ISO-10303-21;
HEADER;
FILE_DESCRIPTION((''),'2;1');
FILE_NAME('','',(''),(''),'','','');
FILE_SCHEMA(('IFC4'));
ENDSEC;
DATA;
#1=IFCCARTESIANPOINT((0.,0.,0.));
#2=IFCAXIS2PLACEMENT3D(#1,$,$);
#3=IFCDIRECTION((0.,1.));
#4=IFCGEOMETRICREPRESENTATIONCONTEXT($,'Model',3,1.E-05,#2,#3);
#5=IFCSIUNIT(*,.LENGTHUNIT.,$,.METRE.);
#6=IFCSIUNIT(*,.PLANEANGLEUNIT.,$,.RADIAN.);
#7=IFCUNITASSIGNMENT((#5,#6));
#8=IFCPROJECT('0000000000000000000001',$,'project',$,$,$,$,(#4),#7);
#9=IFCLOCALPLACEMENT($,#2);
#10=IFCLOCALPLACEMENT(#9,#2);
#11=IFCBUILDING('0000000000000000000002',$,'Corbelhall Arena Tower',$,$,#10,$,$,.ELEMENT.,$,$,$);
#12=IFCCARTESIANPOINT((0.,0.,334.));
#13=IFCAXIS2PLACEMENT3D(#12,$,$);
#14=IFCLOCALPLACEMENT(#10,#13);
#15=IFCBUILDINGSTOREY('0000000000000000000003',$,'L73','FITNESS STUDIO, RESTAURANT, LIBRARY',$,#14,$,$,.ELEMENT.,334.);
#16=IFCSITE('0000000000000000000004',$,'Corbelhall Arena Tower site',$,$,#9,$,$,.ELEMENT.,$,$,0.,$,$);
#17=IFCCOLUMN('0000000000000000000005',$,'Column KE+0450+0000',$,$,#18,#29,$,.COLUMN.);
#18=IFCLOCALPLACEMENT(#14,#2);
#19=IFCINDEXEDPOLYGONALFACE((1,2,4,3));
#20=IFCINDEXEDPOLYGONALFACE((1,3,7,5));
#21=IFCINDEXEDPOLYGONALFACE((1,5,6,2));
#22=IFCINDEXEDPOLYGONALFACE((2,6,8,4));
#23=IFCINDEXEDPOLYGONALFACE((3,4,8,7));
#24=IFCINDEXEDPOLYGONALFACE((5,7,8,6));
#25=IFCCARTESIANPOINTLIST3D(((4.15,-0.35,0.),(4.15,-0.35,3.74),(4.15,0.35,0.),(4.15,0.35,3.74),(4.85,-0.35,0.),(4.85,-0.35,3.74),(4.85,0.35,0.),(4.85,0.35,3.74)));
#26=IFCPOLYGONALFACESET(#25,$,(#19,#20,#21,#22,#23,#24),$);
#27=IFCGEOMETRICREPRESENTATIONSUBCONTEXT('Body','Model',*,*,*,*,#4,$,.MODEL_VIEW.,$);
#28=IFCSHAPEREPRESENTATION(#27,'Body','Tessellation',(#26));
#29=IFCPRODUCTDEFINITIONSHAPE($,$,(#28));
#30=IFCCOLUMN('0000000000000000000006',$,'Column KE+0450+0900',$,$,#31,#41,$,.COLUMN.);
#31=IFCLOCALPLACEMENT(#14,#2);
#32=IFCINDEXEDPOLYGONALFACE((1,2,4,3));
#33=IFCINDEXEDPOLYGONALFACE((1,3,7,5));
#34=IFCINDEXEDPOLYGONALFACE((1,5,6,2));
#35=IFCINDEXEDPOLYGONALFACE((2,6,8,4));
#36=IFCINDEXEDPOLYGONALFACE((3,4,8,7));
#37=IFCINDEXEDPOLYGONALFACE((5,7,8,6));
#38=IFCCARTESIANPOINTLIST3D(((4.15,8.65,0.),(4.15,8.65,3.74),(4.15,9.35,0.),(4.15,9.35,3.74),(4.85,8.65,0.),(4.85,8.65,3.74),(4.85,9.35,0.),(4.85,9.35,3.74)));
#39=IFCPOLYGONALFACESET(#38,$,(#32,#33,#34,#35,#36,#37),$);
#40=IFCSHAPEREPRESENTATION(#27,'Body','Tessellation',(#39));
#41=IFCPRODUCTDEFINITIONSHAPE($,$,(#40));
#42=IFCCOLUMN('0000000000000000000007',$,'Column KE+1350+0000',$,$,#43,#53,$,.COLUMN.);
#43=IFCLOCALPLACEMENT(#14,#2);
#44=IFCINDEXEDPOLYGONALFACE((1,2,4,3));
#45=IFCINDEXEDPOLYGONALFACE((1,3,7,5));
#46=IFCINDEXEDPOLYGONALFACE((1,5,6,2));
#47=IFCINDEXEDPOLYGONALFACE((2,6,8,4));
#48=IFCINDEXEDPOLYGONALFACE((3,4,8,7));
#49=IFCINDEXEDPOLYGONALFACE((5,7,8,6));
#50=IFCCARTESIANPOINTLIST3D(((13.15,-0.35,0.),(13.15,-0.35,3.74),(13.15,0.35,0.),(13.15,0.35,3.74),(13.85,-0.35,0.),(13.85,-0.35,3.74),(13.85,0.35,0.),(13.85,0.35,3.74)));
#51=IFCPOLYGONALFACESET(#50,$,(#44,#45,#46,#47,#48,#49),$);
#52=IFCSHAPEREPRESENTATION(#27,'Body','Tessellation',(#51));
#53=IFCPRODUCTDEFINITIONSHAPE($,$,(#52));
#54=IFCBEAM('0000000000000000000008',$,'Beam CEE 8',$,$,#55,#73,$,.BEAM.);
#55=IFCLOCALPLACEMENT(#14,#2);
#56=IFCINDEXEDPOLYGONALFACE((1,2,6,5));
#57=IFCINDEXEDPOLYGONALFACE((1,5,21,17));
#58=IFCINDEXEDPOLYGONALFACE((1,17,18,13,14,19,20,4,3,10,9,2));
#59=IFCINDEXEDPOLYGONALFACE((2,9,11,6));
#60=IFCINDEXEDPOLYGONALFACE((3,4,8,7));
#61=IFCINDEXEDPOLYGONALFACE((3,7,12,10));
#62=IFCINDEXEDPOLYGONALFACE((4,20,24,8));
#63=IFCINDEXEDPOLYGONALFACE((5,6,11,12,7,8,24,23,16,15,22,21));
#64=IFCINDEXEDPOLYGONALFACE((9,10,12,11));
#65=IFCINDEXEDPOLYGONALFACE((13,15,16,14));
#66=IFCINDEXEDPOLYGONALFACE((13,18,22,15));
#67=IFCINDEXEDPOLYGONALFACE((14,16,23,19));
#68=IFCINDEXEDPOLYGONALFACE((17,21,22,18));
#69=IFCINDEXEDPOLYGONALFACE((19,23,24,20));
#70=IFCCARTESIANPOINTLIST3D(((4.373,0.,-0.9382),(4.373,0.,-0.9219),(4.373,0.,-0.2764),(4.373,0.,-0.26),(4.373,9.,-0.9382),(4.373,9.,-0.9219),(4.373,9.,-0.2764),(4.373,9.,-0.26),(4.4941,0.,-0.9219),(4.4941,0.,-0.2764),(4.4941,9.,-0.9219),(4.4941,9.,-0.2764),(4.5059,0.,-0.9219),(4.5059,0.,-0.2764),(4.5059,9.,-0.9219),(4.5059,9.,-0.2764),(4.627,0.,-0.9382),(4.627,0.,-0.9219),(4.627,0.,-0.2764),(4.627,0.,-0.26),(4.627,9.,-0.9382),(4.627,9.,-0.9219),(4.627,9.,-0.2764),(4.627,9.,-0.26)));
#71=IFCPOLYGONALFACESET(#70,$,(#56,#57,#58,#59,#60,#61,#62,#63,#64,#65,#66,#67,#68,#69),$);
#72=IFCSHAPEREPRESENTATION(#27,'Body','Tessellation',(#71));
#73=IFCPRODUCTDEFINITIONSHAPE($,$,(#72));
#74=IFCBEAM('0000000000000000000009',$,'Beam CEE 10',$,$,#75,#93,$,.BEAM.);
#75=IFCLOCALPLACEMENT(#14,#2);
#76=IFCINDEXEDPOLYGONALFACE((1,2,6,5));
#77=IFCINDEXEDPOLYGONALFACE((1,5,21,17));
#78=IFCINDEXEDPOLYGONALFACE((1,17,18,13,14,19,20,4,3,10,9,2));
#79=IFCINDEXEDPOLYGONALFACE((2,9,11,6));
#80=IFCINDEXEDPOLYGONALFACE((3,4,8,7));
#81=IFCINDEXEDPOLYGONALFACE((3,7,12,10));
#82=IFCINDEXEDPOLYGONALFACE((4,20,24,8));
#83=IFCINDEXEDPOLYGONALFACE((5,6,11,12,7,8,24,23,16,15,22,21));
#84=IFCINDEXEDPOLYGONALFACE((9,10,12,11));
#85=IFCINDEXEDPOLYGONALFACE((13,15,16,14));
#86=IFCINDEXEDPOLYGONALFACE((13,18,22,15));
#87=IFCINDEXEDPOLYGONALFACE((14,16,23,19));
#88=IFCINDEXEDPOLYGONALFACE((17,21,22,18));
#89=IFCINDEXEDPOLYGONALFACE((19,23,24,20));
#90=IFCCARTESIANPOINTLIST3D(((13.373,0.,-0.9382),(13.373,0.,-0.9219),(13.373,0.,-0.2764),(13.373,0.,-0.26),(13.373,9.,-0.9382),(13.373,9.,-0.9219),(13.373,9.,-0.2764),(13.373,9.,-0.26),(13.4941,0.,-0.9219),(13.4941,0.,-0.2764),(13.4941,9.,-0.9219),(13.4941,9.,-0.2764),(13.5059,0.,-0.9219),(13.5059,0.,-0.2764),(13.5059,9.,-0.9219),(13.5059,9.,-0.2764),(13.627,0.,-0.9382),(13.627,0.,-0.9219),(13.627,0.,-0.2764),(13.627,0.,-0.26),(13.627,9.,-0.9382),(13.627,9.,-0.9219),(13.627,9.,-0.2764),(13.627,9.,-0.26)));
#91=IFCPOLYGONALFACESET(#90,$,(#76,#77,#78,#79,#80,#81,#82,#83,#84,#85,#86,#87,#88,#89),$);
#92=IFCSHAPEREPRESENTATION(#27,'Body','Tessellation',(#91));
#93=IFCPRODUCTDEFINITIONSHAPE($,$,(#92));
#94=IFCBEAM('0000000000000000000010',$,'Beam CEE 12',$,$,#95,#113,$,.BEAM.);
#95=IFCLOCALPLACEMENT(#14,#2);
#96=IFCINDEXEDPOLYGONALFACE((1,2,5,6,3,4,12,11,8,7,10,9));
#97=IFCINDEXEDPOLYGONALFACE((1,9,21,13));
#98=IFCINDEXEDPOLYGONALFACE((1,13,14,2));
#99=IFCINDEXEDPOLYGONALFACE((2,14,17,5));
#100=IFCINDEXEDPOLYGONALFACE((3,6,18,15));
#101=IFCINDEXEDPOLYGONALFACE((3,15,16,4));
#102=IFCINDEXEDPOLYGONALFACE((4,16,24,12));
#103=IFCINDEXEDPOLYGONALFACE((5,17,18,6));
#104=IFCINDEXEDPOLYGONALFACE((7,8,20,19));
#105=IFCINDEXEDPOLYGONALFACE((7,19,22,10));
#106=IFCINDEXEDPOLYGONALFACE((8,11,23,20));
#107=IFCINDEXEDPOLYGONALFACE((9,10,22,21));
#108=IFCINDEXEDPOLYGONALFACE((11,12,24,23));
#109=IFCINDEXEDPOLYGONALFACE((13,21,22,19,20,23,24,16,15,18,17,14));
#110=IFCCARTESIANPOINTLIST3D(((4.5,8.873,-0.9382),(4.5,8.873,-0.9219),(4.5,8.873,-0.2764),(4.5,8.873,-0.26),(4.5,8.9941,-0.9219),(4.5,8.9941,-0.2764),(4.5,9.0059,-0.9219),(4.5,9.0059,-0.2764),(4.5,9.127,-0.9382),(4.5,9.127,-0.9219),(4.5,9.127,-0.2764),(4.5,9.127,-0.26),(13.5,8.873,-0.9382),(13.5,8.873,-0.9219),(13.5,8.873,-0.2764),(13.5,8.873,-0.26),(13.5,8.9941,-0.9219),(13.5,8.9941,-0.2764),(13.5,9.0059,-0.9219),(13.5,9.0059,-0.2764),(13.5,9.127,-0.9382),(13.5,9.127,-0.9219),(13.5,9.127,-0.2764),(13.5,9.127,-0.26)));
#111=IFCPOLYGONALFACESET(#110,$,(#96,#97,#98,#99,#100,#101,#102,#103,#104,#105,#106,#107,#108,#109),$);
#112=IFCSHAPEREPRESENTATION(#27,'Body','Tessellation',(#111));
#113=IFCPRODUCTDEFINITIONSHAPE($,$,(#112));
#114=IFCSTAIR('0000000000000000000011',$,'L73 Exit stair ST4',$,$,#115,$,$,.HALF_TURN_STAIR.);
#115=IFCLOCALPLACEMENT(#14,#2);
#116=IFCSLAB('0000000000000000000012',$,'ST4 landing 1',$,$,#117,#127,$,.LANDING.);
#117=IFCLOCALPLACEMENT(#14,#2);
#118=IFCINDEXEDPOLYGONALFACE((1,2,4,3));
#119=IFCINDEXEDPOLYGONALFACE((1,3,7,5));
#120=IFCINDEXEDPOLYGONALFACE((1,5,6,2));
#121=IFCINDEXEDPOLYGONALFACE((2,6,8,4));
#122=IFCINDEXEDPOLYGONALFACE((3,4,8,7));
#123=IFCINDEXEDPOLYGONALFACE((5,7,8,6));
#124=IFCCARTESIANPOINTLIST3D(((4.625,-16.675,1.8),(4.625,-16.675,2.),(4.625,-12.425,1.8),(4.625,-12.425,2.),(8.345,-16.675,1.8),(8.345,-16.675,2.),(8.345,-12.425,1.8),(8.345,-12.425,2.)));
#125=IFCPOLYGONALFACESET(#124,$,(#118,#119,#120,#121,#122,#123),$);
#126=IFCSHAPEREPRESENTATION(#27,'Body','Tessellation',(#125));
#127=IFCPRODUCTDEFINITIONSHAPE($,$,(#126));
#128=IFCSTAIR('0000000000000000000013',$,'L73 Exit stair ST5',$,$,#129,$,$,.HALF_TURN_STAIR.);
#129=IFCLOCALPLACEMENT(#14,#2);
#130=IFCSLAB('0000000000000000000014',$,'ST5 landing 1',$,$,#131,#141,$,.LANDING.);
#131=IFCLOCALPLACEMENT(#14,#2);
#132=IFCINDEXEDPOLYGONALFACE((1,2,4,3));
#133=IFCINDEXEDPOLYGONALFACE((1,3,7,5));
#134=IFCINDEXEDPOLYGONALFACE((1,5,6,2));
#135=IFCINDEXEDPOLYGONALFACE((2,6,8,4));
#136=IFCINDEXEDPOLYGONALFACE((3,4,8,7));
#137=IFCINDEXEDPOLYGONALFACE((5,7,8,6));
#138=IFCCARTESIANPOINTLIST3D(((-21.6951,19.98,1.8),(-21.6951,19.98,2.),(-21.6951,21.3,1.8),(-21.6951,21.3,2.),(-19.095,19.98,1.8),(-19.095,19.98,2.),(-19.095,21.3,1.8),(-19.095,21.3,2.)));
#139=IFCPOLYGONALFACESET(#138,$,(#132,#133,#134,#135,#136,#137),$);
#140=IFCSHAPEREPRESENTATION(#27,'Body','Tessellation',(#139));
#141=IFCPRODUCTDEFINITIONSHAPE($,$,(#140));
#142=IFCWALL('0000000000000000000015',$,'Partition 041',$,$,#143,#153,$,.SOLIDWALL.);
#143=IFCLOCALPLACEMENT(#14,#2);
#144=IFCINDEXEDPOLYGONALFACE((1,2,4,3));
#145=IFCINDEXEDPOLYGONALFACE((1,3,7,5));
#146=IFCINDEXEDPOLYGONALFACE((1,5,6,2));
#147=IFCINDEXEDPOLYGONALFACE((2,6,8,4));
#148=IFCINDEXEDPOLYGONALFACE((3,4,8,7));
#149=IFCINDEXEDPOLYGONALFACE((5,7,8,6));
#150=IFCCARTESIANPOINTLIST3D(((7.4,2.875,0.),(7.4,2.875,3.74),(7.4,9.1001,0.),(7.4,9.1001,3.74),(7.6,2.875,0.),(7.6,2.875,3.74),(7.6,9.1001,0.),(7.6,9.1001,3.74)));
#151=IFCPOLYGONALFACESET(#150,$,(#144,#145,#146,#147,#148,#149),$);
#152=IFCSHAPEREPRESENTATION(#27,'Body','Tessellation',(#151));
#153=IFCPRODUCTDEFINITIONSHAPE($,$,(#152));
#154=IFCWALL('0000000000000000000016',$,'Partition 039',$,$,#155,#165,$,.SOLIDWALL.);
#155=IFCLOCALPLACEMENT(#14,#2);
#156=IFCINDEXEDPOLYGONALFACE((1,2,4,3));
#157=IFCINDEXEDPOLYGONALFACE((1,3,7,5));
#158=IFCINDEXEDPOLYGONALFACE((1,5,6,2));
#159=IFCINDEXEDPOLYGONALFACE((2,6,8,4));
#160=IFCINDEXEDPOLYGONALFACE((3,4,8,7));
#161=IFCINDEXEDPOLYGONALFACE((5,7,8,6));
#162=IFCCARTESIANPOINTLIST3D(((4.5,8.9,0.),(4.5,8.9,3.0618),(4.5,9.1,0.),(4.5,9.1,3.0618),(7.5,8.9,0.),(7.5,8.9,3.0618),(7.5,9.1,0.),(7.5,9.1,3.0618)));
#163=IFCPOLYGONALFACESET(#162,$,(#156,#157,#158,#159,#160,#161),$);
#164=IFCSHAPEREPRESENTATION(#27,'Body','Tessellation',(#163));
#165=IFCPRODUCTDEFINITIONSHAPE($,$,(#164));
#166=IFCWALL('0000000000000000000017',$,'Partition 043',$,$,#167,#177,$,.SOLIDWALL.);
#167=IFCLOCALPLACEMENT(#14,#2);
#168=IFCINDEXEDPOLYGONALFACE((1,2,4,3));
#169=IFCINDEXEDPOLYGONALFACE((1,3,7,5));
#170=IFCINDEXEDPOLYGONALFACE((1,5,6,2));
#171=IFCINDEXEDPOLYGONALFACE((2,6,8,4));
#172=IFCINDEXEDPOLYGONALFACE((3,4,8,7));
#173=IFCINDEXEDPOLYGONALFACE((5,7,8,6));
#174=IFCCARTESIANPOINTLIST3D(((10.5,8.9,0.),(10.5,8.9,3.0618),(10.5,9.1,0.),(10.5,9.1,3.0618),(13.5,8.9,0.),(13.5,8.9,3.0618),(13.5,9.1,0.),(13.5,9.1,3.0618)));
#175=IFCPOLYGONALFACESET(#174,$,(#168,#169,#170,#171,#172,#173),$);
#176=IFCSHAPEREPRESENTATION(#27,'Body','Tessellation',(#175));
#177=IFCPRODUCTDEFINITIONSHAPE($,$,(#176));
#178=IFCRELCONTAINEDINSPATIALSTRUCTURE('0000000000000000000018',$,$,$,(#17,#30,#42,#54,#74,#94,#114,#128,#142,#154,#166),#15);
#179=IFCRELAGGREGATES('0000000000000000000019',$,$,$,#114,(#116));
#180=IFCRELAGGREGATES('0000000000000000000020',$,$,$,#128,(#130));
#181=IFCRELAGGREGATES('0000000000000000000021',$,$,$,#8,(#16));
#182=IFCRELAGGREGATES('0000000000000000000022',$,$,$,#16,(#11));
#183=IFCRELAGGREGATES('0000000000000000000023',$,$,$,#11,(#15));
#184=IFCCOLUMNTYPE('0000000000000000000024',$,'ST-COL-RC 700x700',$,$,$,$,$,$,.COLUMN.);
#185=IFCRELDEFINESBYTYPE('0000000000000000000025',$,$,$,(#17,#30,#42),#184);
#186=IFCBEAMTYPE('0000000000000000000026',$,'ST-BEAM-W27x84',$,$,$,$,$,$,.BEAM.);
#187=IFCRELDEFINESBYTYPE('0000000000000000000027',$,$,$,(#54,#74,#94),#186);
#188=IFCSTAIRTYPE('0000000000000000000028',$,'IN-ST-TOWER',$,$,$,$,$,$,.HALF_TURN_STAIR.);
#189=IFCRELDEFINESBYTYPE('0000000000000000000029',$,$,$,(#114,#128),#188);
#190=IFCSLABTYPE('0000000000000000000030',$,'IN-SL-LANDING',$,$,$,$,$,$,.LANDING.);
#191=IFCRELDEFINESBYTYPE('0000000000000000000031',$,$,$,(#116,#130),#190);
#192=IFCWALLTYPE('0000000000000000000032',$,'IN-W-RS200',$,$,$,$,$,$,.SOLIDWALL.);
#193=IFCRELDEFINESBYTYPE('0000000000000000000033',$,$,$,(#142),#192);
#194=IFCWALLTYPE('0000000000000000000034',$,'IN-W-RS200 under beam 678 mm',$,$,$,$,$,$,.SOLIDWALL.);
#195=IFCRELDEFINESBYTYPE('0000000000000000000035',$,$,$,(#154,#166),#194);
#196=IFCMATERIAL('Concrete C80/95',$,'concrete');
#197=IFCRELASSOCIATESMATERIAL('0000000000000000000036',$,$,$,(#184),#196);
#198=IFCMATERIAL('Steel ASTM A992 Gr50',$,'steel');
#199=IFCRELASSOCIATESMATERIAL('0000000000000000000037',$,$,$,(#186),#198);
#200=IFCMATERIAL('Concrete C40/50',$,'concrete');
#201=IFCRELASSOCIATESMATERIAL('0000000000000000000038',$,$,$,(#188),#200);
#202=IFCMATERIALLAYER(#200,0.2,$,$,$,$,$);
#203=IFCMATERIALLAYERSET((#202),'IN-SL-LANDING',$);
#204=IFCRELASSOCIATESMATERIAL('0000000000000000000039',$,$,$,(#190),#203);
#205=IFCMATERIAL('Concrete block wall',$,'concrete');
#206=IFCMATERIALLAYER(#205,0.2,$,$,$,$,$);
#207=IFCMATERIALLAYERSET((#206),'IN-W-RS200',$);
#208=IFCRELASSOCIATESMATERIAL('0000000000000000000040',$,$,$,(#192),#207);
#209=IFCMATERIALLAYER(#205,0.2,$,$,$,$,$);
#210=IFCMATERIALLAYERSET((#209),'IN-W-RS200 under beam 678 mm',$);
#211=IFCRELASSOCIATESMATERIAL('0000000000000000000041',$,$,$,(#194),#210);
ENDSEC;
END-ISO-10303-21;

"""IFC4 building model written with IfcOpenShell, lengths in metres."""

from ifc_helpers import new_model, si_unit, direction, frame, frame_2d, origin, origin_2d, place, context, subcontext, project, spatial, polyline, rectangle, i_section, outline, extrude, material, layer, layer_set, material_profile, profile_set, type_object, element, aggregate, save


model = new_model("IFC4")

# Units and contexts
model_context = context("Model", 3, precision=1e-05, world=origin(), true_north=direction((0.0, 1.0)))
body_context = subcontext(model_context, "Body", "Model", "MODEL_VIEW")
ifc_project = project(units=[si_unit("LENGTHUNIT", "METRE"), si_unit("PLANEANGLEUNIT", "RADIAN")], contexts=[model_context])

# Site, building, storey
site_placement = place(None, origin())
site = spatial("IfcSite", under=ifc_project, at=site_placement, Name="Corbelhall Arena Tower site", CompositionType="ELEMENT", RefElevation=0.0)
building_placement = place(site_placement, origin())
building = spatial("IfcBuilding", under=site, at=building_placement, Name="Corbelhall Arena Tower", CompositionType="ELEMENT")
storey_placement = place(building_placement, frame((0.0, 0.0, 334.0)))
storey = spatial("IfcBuildingStorey", under=building, at=storey_placement, Name="L73", Description="FITNESS STUDIO, RESTAURANT, LIBRARY", CompositionType="ELEMENT", Elevation=334.0)

# Columns
ifc_material_1 = material(Name="Concrete C80/95", Category="concrete")
ifc_material_profile_1 = material_profile(ifc_material_1, rectangle(XDim=0.7, YDim=0.7, at=origin_2d()))
ifc_profile_set_1 = profile_set([ifc_material_profile_1], Name="Concrete C80/95")
column_type = type_object("IfcColumnType", Name="ST-COL-RC 700x700", PredefinedType="COLUMN", material=ifc_profile_set_1)
for number, where, z_axis, x_axis, name in (
    (1, (4.5, 0.0, 0.0), (0.0, 0.0, 1.0), (1.0, 0.0, 0.0), "Column KE+0450+0000"),
    (2, (4.5, 9.0, 0.0), (0.0, 0.0, 1.0), (1.0, 0.0, 0.0), "Column KE+0450+0900"),
    (3, (13.5, 0.0, 0.0), (0.0, 0.0, 1.0), (1.0, 0.0, 0.0), "Column KE+1350+0000"),
):
    element("IfcColumn", number, at=place(storey_placement, frame(where, z_axis=z_axis, x_axis=x_axis)), inside=storey, type_object=column_type, Name=name, PredefinedType="COLUMN", context=body_context, shape_type="SweptSolid", body=[
        extrude(rectangle(XDim=0.7, YDim=0.7, at=origin_2d()), origin(), (0.0, 0.0, 1.0), 3.74),
    ])

# Beams
ifc_material_2 = material(Name="Steel ASTM A992 Gr50", Category="steel")
ifc_material_profile_2 = material_profile(ifc_material_2, i_section(OverallWidth=0.2539, OverallDepth=0.6782, WebThickness=0.0117, FlangeThickness=0.0164, at=origin_2d()))
ifc_profile_set_2 = profile_set([ifc_material_profile_2], Name="Steel ASTM A992 Gr50")
beam_type = type_object("IfcBeamType", Name="ST-BEAM-W27x84", PredefinedType="BEAM", material=ifc_profile_set_2)
for number, where, z_axis, x_axis, name in (
    (4, (4.5, 0.0, -0.5991), (0.0, 1.0, 0.0), (-1.0, 0.0, 0.0), "Beam CEE 8"),
    (5, (13.5, 0.0, -0.5991), (0.0, 1.0, 0.0), (-1.0, 0.0, 0.0), "Beam CEE 10"),
    (6, (4.5, 9.0, -0.5991), (1.0, 0.0, 0.0), (0.0, 1.0, 0.0), "Beam CEE 12"),
):
    element("IfcBeam", number, at=place(storey_placement, frame(where, z_axis=z_axis, x_axis=x_axis)), inside=storey, type_object=beam_type, Name=name, PredefinedType="BEAM", context=body_context, shape_type="SweptSolid", body=[
        extrude(i_section(OverallWidth=0.2539, OverallDepth=0.6782, WebThickness=0.0117, FlangeThickness=0.0164, at=origin_2d()), origin(), (0.0, 0.0, 1.0), 9.0),
    ])

# Stairs, slabs
ifc_material_3 = material(Name="Concrete C40/50", Category="concrete")
stair_type = type_object("IfcStairType", Name="IN-ST-TOWER", PredefinedType="HALF_TURN_STAIR", material=ifc_material_3)
stair_1_placement = place(storey_placement, origin())
stair_1 = element("IfcStair", 7, at=stair_1_placement, inside=storey, type_object=stair_type, Name="L73 Exit stair ST4", PredefinedType="HALF_TURN_STAIR")
ifc_layer_1 = layer(ifc_material_3, 0.2)
ifc_layer_set_1 = layer_set([ifc_layer_1], Name="IN-SL-LANDING")
slab_type = type_object("IfcSlabType", Name="IN-SL-LANDING", PredefinedType="LANDING", material=ifc_layer_set_1)
slab_1_placement = place(storey_placement, frame((0.0, 0.0, 1.8)))
slab_1 = element("IfcSlab", 8, at=slab_1_placement, type_object=slab_type, Name="ST4 landing 1", PredefinedType="LANDING", context=body_context, shape_type="SweptSolid", body=[
    extrude(outline(polyline([(8.345, -12.425), (4.625, -12.425), (4.625, -16.675), (8.345, -16.675), (8.345, -12.425)])), origin(), (0.0, 0.0, 1.0), 0.2),
])
aggregate(stair_1, [slab_1])
stair_2_placement = place(storey_placement, origin())
stair_2 = element("IfcStair", 9, at=stair_2_placement, inside=storey, type_object=stair_type, Name="L73 Exit stair ST5", PredefinedType="HALF_TURN_STAIR")
slab_2_placement = place(storey_placement, frame((0.0, 0.0, 1.8)))
slab_2 = element("IfcSlab", 10, at=slab_2_placement, type_object=slab_type, Name="ST5 landing 1", PredefinedType="LANDING", context=body_context, shape_type="SweptSolid", body=[
    extrude(outline(polyline([(-19.095, 19.98), (-19.095, 21.3), (-21.6951, 21.3), (-21.6951, 19.98), (-19.095, 19.98)])), origin(), (0.0, 0.0, 1.0), 0.2),
])
aggregate(stair_2, [slab_2])

# Wall
ifc_material_4 = material(Name="Concrete block wall", Category="concrete")
ifc_layer_2 = layer(ifc_material_4, 0.2)
ifc_layer_set_2 = layer_set([ifc_layer_2], Name="IN-W-RS200")
wall_type_1 = type_object("IfcWallType", Name="IN-W-RS200", PredefinedType="SOLIDWALL", material=ifc_layer_set_2)
wall_1_placement = place(storey_placement, frame((7.5, 9.1001, 0.0), z_axis=(0.0, 0.0, 1.0), x_axis=(0.0, -1.0, 0.0)))
element("IfcWall", 11, at=wall_1_placement, inside=storey, type_object=wall_type_1, Name="Partition 041", PredefinedType="SOLIDWALL", context=body_context, shape_type="SweptSolid", body=[
    extrude(rectangle(XDim=6.2251, YDim=0.2, at=frame_2d((3.1125, 0.0))), origin(), (0.0, 0.0, 1.0), 3.74),
])

# Walls
ifc_layer_3 = layer(ifc_material_4, 0.2)
ifc_layer_set_3 = layer_set([ifc_layer_3], Name="IN-W-RS200 under beam 678 mm")
wall_type_2 = type_object("IfcWallType", Name="IN-W-RS200 under beam 678 mm", PredefinedType="SOLIDWALL", material=ifc_layer_set_3)
for number, where, z_axis, x_axis, name in (
    (12, (4.5, 9.0, 0.0), (0.0, 0.0, 1.0), (1.0, 0.0, 0.0), "Partition 039"),
    (13, (10.5, 9.0, 0.0), (0.0, 0.0, 1.0), (1.0, 0.0, 0.0), "Partition 043"),
):
    element("IfcWall", number, at=place(storey_placement, frame(where, z_axis=z_axis, x_axis=x_axis)), inside=storey, type_object=wall_type_2, Name=name, PredefinedType="SOLIDWALL", context=body_context, shape_type="SweptSolid", body=[
        extrude(rectangle(XDim=3.0, YDim=0.2, at=frame_2d((1.5, 0.0))), origin(), (0.0, 0.0, 1.0), 3.0618),
    ])

save(model, "model.ifc")
